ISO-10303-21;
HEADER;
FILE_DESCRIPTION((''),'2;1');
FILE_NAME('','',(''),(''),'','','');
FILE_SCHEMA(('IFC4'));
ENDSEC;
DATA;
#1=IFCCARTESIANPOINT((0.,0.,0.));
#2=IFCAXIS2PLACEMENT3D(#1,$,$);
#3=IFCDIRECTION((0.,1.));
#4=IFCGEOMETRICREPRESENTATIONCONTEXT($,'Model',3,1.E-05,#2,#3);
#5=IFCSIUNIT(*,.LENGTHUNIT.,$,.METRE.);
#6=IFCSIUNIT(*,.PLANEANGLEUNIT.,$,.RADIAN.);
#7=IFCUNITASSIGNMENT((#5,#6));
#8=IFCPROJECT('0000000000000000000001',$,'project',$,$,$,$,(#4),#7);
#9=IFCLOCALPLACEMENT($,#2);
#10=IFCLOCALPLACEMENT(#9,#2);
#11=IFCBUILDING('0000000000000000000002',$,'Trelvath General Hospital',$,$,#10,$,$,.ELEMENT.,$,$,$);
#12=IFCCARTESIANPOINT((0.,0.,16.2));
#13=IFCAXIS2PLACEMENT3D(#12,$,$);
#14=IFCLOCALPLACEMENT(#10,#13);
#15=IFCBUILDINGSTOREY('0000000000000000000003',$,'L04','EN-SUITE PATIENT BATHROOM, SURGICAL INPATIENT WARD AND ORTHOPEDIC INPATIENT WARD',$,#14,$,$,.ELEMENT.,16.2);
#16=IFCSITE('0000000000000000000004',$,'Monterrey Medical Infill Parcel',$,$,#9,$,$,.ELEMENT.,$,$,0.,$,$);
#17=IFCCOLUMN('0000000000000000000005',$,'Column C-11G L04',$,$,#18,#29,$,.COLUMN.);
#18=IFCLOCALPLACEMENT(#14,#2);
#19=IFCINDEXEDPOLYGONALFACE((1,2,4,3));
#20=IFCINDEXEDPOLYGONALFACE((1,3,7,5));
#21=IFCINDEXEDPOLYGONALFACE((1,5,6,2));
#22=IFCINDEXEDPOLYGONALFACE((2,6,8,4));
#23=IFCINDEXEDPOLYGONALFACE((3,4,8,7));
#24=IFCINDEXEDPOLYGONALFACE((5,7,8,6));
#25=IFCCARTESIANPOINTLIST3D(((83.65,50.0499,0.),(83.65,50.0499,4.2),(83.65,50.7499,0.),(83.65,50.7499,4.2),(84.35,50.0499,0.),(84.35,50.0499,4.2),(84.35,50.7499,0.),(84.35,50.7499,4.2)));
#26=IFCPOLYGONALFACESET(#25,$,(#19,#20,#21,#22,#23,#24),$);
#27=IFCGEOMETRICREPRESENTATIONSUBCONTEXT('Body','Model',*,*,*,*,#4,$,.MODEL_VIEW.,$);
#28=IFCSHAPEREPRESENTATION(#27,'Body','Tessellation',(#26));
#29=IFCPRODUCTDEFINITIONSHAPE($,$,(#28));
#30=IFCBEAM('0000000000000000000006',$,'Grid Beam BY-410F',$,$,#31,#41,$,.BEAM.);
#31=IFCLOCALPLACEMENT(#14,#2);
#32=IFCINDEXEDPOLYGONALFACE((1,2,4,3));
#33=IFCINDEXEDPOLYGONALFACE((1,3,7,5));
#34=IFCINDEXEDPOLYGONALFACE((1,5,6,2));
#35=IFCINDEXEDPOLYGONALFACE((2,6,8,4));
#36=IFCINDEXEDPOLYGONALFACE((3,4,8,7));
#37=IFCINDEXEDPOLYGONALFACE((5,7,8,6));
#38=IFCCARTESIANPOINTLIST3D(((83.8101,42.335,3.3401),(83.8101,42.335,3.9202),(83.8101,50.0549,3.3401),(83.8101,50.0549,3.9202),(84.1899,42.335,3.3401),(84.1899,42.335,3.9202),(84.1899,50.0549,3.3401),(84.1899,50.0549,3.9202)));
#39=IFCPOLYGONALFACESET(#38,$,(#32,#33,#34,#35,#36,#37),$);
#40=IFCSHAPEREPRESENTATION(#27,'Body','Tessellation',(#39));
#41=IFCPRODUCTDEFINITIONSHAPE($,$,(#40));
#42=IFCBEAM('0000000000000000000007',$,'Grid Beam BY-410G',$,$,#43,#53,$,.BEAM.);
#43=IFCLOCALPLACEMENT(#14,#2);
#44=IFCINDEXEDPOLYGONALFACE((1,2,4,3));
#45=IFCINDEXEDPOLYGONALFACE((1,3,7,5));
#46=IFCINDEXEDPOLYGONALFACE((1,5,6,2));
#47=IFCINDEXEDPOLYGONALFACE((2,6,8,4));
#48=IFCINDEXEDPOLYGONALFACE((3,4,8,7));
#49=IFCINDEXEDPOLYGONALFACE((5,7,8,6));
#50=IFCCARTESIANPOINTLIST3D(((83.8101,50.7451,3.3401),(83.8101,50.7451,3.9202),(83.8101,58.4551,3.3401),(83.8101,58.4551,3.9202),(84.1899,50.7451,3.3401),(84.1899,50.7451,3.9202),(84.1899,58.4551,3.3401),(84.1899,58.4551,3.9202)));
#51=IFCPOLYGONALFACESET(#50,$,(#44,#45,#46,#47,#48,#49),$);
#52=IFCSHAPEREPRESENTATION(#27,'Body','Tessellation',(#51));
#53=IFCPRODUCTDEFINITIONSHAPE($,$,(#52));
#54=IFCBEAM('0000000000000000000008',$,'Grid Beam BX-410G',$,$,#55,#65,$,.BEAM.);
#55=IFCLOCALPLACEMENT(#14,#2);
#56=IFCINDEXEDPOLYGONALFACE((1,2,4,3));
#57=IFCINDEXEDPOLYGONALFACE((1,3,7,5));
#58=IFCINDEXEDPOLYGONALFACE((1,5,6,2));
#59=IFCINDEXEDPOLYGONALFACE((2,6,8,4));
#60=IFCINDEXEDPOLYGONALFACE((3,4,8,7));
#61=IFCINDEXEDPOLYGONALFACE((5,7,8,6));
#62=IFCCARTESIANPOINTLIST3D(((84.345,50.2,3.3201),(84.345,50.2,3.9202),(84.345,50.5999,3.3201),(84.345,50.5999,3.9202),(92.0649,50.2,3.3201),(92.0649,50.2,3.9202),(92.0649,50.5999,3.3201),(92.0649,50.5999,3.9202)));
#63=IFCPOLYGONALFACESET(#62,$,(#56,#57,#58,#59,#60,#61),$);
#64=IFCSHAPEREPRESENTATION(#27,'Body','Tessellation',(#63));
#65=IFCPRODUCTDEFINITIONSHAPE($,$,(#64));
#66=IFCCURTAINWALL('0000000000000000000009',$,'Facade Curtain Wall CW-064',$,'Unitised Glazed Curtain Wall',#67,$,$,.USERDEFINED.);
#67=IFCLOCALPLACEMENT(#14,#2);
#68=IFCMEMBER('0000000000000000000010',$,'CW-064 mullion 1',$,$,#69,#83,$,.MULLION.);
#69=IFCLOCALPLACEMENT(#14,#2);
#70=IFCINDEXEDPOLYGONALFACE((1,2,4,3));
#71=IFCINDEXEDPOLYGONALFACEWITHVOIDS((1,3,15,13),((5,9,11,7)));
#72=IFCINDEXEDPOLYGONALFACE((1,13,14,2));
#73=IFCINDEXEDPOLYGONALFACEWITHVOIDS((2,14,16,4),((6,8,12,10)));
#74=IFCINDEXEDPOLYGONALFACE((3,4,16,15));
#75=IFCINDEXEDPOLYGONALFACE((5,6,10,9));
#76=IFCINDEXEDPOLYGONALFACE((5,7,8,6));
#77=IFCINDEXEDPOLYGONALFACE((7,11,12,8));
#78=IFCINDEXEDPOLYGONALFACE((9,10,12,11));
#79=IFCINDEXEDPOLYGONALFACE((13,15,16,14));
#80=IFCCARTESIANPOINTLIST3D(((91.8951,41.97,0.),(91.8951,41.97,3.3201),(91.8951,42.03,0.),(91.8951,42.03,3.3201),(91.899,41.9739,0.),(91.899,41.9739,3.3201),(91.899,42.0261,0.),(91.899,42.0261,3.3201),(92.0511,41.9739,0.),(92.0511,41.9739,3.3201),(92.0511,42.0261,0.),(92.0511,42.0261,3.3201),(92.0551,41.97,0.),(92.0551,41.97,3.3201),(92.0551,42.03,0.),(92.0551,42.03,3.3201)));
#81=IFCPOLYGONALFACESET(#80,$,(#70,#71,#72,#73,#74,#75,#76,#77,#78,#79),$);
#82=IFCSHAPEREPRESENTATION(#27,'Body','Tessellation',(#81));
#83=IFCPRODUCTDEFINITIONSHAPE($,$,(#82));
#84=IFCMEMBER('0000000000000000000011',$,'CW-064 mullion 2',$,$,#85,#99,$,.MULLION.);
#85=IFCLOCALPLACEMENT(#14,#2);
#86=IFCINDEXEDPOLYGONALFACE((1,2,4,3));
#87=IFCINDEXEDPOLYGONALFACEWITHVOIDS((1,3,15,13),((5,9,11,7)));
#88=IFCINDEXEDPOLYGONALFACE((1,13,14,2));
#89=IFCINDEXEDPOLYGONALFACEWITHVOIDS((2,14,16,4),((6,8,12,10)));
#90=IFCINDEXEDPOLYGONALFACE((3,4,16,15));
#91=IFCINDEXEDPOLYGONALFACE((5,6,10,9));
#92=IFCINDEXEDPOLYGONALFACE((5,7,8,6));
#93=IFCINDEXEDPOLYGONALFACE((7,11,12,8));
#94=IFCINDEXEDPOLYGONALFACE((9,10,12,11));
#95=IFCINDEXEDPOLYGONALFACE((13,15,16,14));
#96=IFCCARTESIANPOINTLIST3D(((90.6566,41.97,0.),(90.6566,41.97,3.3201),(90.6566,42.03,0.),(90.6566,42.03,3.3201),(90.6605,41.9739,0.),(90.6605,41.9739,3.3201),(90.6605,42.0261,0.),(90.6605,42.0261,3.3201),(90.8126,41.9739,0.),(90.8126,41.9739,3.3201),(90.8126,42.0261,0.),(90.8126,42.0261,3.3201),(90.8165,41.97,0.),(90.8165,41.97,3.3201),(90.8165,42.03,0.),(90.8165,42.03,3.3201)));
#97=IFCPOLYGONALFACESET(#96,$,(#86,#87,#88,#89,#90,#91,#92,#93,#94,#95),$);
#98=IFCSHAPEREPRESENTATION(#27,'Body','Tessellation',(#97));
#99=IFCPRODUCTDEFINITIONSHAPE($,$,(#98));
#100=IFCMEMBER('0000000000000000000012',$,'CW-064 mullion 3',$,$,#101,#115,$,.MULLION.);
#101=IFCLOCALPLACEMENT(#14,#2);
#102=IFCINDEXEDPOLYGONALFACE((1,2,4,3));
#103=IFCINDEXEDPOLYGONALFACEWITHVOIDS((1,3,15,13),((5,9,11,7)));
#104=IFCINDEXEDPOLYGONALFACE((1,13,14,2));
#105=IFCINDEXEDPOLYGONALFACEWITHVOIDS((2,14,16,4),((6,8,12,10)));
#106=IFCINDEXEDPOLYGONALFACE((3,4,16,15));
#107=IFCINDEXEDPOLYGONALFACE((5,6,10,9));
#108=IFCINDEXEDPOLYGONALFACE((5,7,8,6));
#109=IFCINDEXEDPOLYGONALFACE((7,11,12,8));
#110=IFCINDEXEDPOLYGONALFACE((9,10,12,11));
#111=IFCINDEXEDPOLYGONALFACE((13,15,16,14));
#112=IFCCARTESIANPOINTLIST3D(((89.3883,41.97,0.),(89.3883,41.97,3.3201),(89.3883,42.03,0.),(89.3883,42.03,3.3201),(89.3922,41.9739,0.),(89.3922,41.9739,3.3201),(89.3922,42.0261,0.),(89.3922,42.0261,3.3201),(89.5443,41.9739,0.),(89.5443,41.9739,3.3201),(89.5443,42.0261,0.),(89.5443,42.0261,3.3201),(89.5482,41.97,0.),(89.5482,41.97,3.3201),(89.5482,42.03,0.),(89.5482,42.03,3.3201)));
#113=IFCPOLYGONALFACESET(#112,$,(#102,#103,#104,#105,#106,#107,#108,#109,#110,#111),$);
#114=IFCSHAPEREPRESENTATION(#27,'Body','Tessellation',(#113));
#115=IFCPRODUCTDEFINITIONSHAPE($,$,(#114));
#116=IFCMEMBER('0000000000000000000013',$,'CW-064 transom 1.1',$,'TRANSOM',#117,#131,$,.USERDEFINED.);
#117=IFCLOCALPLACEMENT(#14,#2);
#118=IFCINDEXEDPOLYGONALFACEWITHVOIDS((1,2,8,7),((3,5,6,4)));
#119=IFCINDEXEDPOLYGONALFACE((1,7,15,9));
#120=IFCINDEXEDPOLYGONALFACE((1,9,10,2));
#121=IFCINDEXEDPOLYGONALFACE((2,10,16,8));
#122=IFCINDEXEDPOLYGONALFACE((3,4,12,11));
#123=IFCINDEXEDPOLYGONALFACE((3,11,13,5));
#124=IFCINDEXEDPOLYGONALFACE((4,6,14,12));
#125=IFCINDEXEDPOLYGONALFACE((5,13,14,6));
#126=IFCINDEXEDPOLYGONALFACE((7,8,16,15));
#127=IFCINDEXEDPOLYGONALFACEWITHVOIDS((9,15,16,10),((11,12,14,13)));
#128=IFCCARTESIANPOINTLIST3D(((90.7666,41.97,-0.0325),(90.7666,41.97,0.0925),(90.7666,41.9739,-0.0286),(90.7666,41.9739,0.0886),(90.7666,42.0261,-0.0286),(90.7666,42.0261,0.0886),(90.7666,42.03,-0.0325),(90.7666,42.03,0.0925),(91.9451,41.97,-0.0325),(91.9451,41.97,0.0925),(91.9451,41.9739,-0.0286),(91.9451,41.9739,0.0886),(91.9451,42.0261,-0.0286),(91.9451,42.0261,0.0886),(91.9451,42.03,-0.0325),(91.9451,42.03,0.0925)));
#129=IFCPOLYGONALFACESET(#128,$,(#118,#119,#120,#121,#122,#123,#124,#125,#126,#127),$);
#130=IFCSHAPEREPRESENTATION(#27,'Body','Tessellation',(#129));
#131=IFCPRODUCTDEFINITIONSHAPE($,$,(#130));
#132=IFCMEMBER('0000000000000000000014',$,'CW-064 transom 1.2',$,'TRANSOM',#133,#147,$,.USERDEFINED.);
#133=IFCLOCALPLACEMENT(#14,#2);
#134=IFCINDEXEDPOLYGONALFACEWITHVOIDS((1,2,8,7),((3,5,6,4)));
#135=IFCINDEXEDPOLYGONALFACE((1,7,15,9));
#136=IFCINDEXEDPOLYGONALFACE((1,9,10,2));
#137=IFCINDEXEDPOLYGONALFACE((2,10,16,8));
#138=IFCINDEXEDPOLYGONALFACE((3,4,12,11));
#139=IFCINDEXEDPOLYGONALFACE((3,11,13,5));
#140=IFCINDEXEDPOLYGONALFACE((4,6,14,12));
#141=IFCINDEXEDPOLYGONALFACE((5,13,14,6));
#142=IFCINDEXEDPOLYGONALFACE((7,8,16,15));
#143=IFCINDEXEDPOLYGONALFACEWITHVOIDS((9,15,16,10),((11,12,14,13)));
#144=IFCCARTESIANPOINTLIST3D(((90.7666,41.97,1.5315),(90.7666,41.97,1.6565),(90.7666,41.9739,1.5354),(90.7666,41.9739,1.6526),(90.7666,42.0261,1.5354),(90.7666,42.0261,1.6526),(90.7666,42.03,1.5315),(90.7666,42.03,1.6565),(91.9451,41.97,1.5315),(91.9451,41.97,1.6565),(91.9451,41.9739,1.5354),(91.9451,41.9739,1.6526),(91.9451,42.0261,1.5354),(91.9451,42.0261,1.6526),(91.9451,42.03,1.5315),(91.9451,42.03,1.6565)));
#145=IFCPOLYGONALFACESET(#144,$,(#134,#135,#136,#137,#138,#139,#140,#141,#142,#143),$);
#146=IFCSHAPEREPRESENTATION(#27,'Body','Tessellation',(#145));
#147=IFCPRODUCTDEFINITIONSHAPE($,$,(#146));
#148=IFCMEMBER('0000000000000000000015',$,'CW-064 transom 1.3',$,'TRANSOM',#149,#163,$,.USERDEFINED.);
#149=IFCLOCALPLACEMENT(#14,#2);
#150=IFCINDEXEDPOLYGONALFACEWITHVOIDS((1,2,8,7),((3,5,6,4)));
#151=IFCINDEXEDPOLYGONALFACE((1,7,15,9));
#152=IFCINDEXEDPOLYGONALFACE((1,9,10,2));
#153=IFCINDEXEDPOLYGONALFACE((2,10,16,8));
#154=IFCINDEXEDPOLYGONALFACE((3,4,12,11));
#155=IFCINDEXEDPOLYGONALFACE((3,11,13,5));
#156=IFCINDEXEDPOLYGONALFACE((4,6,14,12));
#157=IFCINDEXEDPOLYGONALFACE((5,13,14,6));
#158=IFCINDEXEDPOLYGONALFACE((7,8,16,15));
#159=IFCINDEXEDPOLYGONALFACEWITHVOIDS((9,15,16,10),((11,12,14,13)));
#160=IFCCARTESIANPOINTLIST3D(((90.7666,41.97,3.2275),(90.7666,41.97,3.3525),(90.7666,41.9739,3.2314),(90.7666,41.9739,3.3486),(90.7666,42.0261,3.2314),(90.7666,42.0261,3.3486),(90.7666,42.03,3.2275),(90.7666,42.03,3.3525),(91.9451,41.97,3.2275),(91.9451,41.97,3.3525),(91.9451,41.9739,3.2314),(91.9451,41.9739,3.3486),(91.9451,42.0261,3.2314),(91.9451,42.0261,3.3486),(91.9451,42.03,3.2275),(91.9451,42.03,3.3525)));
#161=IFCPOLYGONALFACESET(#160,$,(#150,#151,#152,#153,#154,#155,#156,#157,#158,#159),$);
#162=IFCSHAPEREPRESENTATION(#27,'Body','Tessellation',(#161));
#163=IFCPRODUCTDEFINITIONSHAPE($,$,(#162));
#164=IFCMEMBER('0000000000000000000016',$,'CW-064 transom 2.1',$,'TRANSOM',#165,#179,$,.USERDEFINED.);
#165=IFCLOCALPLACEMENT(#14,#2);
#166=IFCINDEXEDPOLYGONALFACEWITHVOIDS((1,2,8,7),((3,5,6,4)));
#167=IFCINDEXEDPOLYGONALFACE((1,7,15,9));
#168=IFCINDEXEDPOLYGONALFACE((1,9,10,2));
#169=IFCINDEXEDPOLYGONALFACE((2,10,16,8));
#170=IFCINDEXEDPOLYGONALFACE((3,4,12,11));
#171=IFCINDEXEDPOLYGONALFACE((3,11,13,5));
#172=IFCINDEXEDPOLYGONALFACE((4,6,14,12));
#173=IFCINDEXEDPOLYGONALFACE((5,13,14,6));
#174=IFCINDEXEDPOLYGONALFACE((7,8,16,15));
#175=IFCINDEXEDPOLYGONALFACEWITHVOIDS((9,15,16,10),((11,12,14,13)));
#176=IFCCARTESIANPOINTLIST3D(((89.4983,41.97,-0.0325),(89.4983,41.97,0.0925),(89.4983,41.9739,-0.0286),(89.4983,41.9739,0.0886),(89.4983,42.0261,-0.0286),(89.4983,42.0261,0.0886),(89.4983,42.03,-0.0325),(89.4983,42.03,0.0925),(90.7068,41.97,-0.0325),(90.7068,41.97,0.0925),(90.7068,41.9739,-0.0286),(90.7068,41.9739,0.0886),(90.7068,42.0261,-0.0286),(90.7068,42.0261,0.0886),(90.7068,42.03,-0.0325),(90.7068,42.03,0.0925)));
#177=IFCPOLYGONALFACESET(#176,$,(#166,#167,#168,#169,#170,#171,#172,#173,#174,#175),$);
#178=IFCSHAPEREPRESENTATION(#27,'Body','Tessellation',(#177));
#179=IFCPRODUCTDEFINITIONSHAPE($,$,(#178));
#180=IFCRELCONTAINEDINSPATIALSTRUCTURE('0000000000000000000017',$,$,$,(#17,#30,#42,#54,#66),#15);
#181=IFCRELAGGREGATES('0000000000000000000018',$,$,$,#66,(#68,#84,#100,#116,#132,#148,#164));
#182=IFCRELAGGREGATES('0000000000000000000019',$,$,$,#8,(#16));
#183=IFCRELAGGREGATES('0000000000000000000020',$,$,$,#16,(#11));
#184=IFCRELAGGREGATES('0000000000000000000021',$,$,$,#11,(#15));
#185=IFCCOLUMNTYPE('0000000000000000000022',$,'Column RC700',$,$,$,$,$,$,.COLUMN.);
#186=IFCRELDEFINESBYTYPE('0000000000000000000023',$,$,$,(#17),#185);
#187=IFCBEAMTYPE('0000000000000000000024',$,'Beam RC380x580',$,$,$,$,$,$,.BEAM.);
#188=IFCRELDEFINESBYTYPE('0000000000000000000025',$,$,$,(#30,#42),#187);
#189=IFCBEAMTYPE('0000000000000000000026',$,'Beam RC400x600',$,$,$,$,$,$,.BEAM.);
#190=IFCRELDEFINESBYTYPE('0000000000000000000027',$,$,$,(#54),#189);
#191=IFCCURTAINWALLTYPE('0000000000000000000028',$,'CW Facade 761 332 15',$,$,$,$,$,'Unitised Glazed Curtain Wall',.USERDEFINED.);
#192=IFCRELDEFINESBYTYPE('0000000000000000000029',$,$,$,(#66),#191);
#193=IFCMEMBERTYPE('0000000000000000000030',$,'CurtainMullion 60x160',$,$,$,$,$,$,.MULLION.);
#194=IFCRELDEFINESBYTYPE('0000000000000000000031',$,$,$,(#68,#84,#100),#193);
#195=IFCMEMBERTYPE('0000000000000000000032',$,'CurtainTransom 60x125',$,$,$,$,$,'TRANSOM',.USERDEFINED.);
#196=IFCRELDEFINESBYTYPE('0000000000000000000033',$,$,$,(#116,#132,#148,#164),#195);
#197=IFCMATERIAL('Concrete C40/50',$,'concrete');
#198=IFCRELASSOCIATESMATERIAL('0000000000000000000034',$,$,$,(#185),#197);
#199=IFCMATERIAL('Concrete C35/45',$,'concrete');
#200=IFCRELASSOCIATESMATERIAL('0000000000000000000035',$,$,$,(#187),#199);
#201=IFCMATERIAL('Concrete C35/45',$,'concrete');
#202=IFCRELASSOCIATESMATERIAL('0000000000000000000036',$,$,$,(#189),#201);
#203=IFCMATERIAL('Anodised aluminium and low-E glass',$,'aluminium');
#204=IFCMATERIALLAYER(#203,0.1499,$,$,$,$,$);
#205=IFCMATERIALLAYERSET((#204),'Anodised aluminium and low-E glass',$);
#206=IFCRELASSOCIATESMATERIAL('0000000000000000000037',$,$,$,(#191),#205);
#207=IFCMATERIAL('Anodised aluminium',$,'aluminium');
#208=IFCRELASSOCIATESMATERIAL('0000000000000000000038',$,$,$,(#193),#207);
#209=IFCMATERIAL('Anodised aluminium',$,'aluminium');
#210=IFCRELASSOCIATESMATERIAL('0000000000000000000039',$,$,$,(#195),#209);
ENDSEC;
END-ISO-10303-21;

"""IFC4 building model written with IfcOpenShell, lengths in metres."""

from ifc_helpers import new_model, si_unit, direction, frame, origin, origin_2d, place, context, subcontext, project, spatial, rectangle, hollow_rectangle, extrude, material, layer, layer_set, material_profile, profile_set, type_object, element, aggregate, save


model = new_model("IFC4")

# Units and contexts
model_context = context("Model", 3, precision=1e-05, world=origin(), true_north=direction((0.0, 1.0)))
body_context = subcontext(model_context, "Body", "Model", "MODEL_VIEW")
ifc_project = project(units=[si_unit("LENGTHUNIT", "METRE"), si_unit("PLANEANGLEUNIT", "RADIAN")], contexts=[model_context])

# Site, building, storey
site_placement = place(None, origin())
site = spatial("IfcSite", under=ifc_project, at=site_placement, Name="Monterrey Medical Infill Parcel", CompositionType="ELEMENT", RefElevation=0.0)
building_placement = place(site_placement, origin())
building = spatial("IfcBuilding", under=site, at=building_placement, Name="Trelvath General Hospital", CompositionType="ELEMENT")
storey_placement = place(building_placement, frame((0.0, 0.0, 16.2)))
storey = spatial("IfcBuildingStorey", under=building, at=storey_placement, Name="L04", Description="EN-SUITE PATIENT BATHROOM, SURGICAL INPATIENT WARD AND ORTHOPEDIC INPATIENT WARD", CompositionType="ELEMENT", Elevation=16.2)

# Column
ifc_material_1 = material(Name="Concrete C40/50", Category="concrete")
ifc_material_profile_1 = material_profile(ifc_material_1, rectangle(XDim=0.7, YDim=0.7, at=origin_2d()), Name="RC700x700")
ifc_profile_set_1 = profile_set([ifc_material_profile_1], Name="Concrete C40/50")
column_type = type_object("IfcColumnType", Name="Column RC700", PredefinedType="COLUMN", material=ifc_profile_set_1)
column_placement = place(storey_placement, frame((84.0, 50.3999, 0.0), z_axis=(0.0, 0.0, 1.0), x_axis=(1.0, 0.0, 0.0)))
element("IfcColumn", 1, at=column_placement, inside=storey, type_object=column_type, Name="Column C-11G L04", PredefinedType="COLUMN", context=body_context, shape_type="SweptSolid", body=[
    extrude(rectangle(XDim=0.7, YDim=0.7, at=origin_2d()), origin(), (0.0, 0.0, 1.0), 4.2),
])

# Beams
ifc_material_2 = material(Name="Concrete C35/45", Category="concrete")
ifc_material_profile_2 = material_profile(ifc_material_2, rectangle(XDim=0.3799, YDim=0.5801, at=origin_2d()), Name="RCB380x580")
ifc_profile_set_2 = profile_set([ifc_material_profile_2], Name="Concrete C35/45")
beam_type_1 = type_object("IfcBeamType", Name="Beam RC380x580", PredefinedType="BEAM", material=ifc_profile_set_2)
beam_1_placement = place(storey_placement, frame((84.0, 42.335, 3.6301), z_axis=(0.0, 1.0, 0.0), x_axis=(-1.0, 0.0, 0.0)))
element("IfcBeam", 2, at=beam_1_placement, inside=storey, type_object=beam_type_1, Name="Grid Beam BY-410F", PredefinedType="BEAM", context=body_context, shape_type="SweptSolid", body=[
    extrude(rectangle(XDim=0.3799, YDim=0.5801, at=origin_2d()), origin(), (0.0, 0.0, 1.0), 7.72),
])
beam_2_placement = place(storey_placement, frame((84.0, 50.7451, 3.6301), z_axis=(0.0, 1.0, 0.0), x_axis=(-1.0, 0.0, 0.0)))
element("IfcBeam", 3, at=beam_2_placement, inside=storey, type_object=beam_type_1, Name="Grid Beam BY-410G", PredefinedType="BEAM", context=body_context, shape_type="SweptSolid", body=[
    extrude(rectangle(XDim=0.3799, YDim=0.5801, at=origin_2d()), origin(), (0.0, 0.0, 1.0), 7.71),
])
ifc_material_3 = material(Name="Concrete C35/45", Category="concrete")
ifc_material_profile_3 = material_profile(ifc_material_3, rectangle(XDim=0.3999, YDim=0.6001, at=origin_2d()), Name="RCB400x600")
ifc_profile_set_3 = profile_set([ifc_material_profile_3], Name="Concrete C35/45")
beam_type_2 = type_object("IfcBeamType", Name="Beam RC400x600", PredefinedType="BEAM", material=ifc_profile_set_3)
beam_3_placement = place(storey_placement, frame((84.345, 50.3999, 3.6201), z_axis=(1.0, 0.0, 0.0), x_axis=(0.0, 1.0, 0.0)))
element("IfcBeam", 4, at=beam_3_placement, inside=storey, type_object=beam_type_2, Name="Grid Beam BX-410G", PredefinedType="BEAM", context=body_context, shape_type="SweptSolid", body=[
    extrude(rectangle(XDim=0.3999, YDim=0.6001, at=origin_2d()), origin(), (0.0, 0.0, 1.0), 7.72),
])

# Curtain wall, members
ifc_material_4 = material(Name="Anodised aluminium and low-E glass", Category="aluminium")
ifc_layer_1 = layer(ifc_material_4, 0.1499)
ifc_layer_set_1 = layer_set([ifc_layer_1], Name="Anodised aluminium and low-E glass")
curtain_wall_type = type_object("IfcCurtainWallType", Name="CW Facade 761 332 15", ElementType="Unitised Glazed Curtain Wall", PredefinedType="USERDEFINED", material=ifc_layer_set_1)
curtain_wall_placement = place(storey_placement, origin())
curtain_wall = element("IfcCurtainWall", 5, at=curtain_wall_placement, inside=storey, type_object=curtain_wall_type, Name="Facade Curtain Wall CW-064", ObjectType="Unitised Glazed Curtain Wall", PredefinedType="USERDEFINED")
ifc_material_5 = material(Name="Anodised aluminium", Category="aluminium")
ifc_material_profile_4 = material_profile(ifc_material_5, hollow_rectangle(XDim=0.0601, YDim=0.1599, WallThickness=0.0039, at=origin_2d()), Name="RHS60x160x4")
ifc_profile_set_4 = profile_set([ifc_material_profile_4], Name="Anodised aluminium")
member_type_1 = type_object("IfcMemberType", Name="CurtainMullion 60x160", PredefinedType="MULLION", material=ifc_profile_set_4)
member_1_placement = place(storey_placement, frame((91.9751, 42.0, 0.0), z_axis=(0.0, 0.0, 1.0), x_axis=(0.0, -1.0, 0.0)))
member_1 = element("IfcMember", 6, at=member_1_placement, type_object=member_type_1, Name="CW-064 mullion 1", PredefinedType="MULLION", context=body_context, shape_type="SweptSolid", body=[
    extrude(hollow_rectangle(XDim=0.0601, YDim=0.1599, WallThickness=0.0039, at=origin_2d()), origin(), (0.0, 0.0, 1.0), 3.3201),
])
member_2_placement = place(storey_placement, frame((90.7366, 42.0, 0.0), z_axis=(0.0, 0.0, 1.0), x_axis=(0.0, -1.0, 0.0)))
member_2 = element("IfcMember", 7, at=member_2_placement, type_object=member_type_1, Name="CW-064 mullion 2", PredefinedType="MULLION", context=body_context, shape_type="SweptSolid", body=[
    extrude(hollow_rectangle(XDim=0.0601, YDim=0.1599, WallThickness=0.0039, at=origin_2d()), origin(), (0.0, 0.0, 1.0), 3.3201),
])
member_3_placement = place(storey_placement, frame((89.4683, 42.0, 0.0), z_axis=(0.0, 0.0, 1.0), x_axis=(0.0, -1.0, 0.0)))
member_3 = element("IfcMember", 8, at=member_3_placement, type_object=member_type_1, Name="CW-064 mullion 3", PredefinedType="MULLION", context=body_context, shape_type="SweptSolid", body=[
    extrude(hollow_rectangle(XDim=0.0601, YDim=0.1599, WallThickness=0.0039, at=origin_2d()), origin(), (0.0, 0.0, 1.0), 3.3201),
])
ifc_material_6 = material(Name="Anodised aluminium", Category="aluminium")
ifc_material_profile_5 = material_profile(ifc_material_6, hollow_rectangle(XDim=0.0601, YDim=0.125, WallThickness=0.0039, at=origin_2d()), Name="RHS60x125x4")
ifc_profile_set_5 = profile_set([ifc_material_profile_5], Name="Anodised aluminium")
member_type_2 = type_object("IfcMemberType", Name="CurtainTransom 60x125", ElementType="TRANSOM", PredefinedType="USERDEFINED", material=ifc_profile_set_5)
member_4_placement = place(storey_placement, frame((91.9451, 42.0, 0.03), z_axis=(-1.0, 0.0, 0.0), x_axis=(0.0, -1.0, 0.0)))
member_4 = element("IfcMember", 9, at=member_4_placement, type_object=member_type_2, Name="CW-064 transom 1.1", ObjectType="TRANSOM", PredefinedType="USERDEFINED", context=body_context, shape_type="SweptSolid", body=[
    extrude(hollow_rectangle(XDim=0.0601, YDim=0.125, WallThickness=0.0039, at=origin_2d()), origin(), (0.0, 0.0, 1.0), 1.1785),
])
member_5_placement = place(storey_placement, frame((91.9451, 42.0, 1.594), z_axis=(-1.0, 0.0, 0.0), x_axis=(0.0, -1.0, 0.0)))
member_5 = element("IfcMember", 10, at=member_5_placement, type_object=member_type_2, Name="CW-064 transom 1.2", ObjectType="TRANSOM", PredefinedType="USERDEFINED", context=body_context, shape_type="SweptSolid", body=[
    extrude(hollow_rectangle(XDim=0.0601, YDim=0.125, WallThickness=0.0039, at=origin_2d()), origin(), (0.0, 0.0, 1.0), 1.1785),
])
member_6_placement = place(storey_placement, frame((91.9451, 42.0, 3.29), z_axis=(-1.0, 0.0, 0.0), x_axis=(0.0, -1.0, 0.0)))
member_6 = element("IfcMember", 11, at=member_6_placement, type_object=member_type_2, Name="CW-064 transom 1.3", ObjectType="TRANSOM", PredefinedType="USERDEFINED", context=body_context, shape_type="SweptSolid", body=[
    extrude(hollow_rectangle(XDim=0.0601, YDim=0.125, WallThickness=0.0039, at=origin_2d()), origin(), (0.0, 0.0, 1.0), 1.1785),
])
member_7_placement = place(storey_placement, frame((90.7068, 42.0, 0.03), z_axis=(-1.0, 0.0, 0.0), x_axis=(0.0, -1.0, 0.0)))
member_7 = element("IfcMember", 12, at=member_7_placement, type_object=member_type_2, Name="CW-064 transom 2.1", ObjectType="TRANSOM", PredefinedType="USERDEFINED", context=body_context, shape_type="SweptSolid", body=[
    extrude(hollow_rectangle(XDim=0.0601, YDim=0.125, WallThickness=0.0039, at=origin_2d()), origin(), (0.0, 0.0, 1.0), 1.2085),
])
aggregate(curtain_wall, [member_1, member_2, member_3, member_4, member_5, member_6, member_7])

save(model, "model.ifc")
